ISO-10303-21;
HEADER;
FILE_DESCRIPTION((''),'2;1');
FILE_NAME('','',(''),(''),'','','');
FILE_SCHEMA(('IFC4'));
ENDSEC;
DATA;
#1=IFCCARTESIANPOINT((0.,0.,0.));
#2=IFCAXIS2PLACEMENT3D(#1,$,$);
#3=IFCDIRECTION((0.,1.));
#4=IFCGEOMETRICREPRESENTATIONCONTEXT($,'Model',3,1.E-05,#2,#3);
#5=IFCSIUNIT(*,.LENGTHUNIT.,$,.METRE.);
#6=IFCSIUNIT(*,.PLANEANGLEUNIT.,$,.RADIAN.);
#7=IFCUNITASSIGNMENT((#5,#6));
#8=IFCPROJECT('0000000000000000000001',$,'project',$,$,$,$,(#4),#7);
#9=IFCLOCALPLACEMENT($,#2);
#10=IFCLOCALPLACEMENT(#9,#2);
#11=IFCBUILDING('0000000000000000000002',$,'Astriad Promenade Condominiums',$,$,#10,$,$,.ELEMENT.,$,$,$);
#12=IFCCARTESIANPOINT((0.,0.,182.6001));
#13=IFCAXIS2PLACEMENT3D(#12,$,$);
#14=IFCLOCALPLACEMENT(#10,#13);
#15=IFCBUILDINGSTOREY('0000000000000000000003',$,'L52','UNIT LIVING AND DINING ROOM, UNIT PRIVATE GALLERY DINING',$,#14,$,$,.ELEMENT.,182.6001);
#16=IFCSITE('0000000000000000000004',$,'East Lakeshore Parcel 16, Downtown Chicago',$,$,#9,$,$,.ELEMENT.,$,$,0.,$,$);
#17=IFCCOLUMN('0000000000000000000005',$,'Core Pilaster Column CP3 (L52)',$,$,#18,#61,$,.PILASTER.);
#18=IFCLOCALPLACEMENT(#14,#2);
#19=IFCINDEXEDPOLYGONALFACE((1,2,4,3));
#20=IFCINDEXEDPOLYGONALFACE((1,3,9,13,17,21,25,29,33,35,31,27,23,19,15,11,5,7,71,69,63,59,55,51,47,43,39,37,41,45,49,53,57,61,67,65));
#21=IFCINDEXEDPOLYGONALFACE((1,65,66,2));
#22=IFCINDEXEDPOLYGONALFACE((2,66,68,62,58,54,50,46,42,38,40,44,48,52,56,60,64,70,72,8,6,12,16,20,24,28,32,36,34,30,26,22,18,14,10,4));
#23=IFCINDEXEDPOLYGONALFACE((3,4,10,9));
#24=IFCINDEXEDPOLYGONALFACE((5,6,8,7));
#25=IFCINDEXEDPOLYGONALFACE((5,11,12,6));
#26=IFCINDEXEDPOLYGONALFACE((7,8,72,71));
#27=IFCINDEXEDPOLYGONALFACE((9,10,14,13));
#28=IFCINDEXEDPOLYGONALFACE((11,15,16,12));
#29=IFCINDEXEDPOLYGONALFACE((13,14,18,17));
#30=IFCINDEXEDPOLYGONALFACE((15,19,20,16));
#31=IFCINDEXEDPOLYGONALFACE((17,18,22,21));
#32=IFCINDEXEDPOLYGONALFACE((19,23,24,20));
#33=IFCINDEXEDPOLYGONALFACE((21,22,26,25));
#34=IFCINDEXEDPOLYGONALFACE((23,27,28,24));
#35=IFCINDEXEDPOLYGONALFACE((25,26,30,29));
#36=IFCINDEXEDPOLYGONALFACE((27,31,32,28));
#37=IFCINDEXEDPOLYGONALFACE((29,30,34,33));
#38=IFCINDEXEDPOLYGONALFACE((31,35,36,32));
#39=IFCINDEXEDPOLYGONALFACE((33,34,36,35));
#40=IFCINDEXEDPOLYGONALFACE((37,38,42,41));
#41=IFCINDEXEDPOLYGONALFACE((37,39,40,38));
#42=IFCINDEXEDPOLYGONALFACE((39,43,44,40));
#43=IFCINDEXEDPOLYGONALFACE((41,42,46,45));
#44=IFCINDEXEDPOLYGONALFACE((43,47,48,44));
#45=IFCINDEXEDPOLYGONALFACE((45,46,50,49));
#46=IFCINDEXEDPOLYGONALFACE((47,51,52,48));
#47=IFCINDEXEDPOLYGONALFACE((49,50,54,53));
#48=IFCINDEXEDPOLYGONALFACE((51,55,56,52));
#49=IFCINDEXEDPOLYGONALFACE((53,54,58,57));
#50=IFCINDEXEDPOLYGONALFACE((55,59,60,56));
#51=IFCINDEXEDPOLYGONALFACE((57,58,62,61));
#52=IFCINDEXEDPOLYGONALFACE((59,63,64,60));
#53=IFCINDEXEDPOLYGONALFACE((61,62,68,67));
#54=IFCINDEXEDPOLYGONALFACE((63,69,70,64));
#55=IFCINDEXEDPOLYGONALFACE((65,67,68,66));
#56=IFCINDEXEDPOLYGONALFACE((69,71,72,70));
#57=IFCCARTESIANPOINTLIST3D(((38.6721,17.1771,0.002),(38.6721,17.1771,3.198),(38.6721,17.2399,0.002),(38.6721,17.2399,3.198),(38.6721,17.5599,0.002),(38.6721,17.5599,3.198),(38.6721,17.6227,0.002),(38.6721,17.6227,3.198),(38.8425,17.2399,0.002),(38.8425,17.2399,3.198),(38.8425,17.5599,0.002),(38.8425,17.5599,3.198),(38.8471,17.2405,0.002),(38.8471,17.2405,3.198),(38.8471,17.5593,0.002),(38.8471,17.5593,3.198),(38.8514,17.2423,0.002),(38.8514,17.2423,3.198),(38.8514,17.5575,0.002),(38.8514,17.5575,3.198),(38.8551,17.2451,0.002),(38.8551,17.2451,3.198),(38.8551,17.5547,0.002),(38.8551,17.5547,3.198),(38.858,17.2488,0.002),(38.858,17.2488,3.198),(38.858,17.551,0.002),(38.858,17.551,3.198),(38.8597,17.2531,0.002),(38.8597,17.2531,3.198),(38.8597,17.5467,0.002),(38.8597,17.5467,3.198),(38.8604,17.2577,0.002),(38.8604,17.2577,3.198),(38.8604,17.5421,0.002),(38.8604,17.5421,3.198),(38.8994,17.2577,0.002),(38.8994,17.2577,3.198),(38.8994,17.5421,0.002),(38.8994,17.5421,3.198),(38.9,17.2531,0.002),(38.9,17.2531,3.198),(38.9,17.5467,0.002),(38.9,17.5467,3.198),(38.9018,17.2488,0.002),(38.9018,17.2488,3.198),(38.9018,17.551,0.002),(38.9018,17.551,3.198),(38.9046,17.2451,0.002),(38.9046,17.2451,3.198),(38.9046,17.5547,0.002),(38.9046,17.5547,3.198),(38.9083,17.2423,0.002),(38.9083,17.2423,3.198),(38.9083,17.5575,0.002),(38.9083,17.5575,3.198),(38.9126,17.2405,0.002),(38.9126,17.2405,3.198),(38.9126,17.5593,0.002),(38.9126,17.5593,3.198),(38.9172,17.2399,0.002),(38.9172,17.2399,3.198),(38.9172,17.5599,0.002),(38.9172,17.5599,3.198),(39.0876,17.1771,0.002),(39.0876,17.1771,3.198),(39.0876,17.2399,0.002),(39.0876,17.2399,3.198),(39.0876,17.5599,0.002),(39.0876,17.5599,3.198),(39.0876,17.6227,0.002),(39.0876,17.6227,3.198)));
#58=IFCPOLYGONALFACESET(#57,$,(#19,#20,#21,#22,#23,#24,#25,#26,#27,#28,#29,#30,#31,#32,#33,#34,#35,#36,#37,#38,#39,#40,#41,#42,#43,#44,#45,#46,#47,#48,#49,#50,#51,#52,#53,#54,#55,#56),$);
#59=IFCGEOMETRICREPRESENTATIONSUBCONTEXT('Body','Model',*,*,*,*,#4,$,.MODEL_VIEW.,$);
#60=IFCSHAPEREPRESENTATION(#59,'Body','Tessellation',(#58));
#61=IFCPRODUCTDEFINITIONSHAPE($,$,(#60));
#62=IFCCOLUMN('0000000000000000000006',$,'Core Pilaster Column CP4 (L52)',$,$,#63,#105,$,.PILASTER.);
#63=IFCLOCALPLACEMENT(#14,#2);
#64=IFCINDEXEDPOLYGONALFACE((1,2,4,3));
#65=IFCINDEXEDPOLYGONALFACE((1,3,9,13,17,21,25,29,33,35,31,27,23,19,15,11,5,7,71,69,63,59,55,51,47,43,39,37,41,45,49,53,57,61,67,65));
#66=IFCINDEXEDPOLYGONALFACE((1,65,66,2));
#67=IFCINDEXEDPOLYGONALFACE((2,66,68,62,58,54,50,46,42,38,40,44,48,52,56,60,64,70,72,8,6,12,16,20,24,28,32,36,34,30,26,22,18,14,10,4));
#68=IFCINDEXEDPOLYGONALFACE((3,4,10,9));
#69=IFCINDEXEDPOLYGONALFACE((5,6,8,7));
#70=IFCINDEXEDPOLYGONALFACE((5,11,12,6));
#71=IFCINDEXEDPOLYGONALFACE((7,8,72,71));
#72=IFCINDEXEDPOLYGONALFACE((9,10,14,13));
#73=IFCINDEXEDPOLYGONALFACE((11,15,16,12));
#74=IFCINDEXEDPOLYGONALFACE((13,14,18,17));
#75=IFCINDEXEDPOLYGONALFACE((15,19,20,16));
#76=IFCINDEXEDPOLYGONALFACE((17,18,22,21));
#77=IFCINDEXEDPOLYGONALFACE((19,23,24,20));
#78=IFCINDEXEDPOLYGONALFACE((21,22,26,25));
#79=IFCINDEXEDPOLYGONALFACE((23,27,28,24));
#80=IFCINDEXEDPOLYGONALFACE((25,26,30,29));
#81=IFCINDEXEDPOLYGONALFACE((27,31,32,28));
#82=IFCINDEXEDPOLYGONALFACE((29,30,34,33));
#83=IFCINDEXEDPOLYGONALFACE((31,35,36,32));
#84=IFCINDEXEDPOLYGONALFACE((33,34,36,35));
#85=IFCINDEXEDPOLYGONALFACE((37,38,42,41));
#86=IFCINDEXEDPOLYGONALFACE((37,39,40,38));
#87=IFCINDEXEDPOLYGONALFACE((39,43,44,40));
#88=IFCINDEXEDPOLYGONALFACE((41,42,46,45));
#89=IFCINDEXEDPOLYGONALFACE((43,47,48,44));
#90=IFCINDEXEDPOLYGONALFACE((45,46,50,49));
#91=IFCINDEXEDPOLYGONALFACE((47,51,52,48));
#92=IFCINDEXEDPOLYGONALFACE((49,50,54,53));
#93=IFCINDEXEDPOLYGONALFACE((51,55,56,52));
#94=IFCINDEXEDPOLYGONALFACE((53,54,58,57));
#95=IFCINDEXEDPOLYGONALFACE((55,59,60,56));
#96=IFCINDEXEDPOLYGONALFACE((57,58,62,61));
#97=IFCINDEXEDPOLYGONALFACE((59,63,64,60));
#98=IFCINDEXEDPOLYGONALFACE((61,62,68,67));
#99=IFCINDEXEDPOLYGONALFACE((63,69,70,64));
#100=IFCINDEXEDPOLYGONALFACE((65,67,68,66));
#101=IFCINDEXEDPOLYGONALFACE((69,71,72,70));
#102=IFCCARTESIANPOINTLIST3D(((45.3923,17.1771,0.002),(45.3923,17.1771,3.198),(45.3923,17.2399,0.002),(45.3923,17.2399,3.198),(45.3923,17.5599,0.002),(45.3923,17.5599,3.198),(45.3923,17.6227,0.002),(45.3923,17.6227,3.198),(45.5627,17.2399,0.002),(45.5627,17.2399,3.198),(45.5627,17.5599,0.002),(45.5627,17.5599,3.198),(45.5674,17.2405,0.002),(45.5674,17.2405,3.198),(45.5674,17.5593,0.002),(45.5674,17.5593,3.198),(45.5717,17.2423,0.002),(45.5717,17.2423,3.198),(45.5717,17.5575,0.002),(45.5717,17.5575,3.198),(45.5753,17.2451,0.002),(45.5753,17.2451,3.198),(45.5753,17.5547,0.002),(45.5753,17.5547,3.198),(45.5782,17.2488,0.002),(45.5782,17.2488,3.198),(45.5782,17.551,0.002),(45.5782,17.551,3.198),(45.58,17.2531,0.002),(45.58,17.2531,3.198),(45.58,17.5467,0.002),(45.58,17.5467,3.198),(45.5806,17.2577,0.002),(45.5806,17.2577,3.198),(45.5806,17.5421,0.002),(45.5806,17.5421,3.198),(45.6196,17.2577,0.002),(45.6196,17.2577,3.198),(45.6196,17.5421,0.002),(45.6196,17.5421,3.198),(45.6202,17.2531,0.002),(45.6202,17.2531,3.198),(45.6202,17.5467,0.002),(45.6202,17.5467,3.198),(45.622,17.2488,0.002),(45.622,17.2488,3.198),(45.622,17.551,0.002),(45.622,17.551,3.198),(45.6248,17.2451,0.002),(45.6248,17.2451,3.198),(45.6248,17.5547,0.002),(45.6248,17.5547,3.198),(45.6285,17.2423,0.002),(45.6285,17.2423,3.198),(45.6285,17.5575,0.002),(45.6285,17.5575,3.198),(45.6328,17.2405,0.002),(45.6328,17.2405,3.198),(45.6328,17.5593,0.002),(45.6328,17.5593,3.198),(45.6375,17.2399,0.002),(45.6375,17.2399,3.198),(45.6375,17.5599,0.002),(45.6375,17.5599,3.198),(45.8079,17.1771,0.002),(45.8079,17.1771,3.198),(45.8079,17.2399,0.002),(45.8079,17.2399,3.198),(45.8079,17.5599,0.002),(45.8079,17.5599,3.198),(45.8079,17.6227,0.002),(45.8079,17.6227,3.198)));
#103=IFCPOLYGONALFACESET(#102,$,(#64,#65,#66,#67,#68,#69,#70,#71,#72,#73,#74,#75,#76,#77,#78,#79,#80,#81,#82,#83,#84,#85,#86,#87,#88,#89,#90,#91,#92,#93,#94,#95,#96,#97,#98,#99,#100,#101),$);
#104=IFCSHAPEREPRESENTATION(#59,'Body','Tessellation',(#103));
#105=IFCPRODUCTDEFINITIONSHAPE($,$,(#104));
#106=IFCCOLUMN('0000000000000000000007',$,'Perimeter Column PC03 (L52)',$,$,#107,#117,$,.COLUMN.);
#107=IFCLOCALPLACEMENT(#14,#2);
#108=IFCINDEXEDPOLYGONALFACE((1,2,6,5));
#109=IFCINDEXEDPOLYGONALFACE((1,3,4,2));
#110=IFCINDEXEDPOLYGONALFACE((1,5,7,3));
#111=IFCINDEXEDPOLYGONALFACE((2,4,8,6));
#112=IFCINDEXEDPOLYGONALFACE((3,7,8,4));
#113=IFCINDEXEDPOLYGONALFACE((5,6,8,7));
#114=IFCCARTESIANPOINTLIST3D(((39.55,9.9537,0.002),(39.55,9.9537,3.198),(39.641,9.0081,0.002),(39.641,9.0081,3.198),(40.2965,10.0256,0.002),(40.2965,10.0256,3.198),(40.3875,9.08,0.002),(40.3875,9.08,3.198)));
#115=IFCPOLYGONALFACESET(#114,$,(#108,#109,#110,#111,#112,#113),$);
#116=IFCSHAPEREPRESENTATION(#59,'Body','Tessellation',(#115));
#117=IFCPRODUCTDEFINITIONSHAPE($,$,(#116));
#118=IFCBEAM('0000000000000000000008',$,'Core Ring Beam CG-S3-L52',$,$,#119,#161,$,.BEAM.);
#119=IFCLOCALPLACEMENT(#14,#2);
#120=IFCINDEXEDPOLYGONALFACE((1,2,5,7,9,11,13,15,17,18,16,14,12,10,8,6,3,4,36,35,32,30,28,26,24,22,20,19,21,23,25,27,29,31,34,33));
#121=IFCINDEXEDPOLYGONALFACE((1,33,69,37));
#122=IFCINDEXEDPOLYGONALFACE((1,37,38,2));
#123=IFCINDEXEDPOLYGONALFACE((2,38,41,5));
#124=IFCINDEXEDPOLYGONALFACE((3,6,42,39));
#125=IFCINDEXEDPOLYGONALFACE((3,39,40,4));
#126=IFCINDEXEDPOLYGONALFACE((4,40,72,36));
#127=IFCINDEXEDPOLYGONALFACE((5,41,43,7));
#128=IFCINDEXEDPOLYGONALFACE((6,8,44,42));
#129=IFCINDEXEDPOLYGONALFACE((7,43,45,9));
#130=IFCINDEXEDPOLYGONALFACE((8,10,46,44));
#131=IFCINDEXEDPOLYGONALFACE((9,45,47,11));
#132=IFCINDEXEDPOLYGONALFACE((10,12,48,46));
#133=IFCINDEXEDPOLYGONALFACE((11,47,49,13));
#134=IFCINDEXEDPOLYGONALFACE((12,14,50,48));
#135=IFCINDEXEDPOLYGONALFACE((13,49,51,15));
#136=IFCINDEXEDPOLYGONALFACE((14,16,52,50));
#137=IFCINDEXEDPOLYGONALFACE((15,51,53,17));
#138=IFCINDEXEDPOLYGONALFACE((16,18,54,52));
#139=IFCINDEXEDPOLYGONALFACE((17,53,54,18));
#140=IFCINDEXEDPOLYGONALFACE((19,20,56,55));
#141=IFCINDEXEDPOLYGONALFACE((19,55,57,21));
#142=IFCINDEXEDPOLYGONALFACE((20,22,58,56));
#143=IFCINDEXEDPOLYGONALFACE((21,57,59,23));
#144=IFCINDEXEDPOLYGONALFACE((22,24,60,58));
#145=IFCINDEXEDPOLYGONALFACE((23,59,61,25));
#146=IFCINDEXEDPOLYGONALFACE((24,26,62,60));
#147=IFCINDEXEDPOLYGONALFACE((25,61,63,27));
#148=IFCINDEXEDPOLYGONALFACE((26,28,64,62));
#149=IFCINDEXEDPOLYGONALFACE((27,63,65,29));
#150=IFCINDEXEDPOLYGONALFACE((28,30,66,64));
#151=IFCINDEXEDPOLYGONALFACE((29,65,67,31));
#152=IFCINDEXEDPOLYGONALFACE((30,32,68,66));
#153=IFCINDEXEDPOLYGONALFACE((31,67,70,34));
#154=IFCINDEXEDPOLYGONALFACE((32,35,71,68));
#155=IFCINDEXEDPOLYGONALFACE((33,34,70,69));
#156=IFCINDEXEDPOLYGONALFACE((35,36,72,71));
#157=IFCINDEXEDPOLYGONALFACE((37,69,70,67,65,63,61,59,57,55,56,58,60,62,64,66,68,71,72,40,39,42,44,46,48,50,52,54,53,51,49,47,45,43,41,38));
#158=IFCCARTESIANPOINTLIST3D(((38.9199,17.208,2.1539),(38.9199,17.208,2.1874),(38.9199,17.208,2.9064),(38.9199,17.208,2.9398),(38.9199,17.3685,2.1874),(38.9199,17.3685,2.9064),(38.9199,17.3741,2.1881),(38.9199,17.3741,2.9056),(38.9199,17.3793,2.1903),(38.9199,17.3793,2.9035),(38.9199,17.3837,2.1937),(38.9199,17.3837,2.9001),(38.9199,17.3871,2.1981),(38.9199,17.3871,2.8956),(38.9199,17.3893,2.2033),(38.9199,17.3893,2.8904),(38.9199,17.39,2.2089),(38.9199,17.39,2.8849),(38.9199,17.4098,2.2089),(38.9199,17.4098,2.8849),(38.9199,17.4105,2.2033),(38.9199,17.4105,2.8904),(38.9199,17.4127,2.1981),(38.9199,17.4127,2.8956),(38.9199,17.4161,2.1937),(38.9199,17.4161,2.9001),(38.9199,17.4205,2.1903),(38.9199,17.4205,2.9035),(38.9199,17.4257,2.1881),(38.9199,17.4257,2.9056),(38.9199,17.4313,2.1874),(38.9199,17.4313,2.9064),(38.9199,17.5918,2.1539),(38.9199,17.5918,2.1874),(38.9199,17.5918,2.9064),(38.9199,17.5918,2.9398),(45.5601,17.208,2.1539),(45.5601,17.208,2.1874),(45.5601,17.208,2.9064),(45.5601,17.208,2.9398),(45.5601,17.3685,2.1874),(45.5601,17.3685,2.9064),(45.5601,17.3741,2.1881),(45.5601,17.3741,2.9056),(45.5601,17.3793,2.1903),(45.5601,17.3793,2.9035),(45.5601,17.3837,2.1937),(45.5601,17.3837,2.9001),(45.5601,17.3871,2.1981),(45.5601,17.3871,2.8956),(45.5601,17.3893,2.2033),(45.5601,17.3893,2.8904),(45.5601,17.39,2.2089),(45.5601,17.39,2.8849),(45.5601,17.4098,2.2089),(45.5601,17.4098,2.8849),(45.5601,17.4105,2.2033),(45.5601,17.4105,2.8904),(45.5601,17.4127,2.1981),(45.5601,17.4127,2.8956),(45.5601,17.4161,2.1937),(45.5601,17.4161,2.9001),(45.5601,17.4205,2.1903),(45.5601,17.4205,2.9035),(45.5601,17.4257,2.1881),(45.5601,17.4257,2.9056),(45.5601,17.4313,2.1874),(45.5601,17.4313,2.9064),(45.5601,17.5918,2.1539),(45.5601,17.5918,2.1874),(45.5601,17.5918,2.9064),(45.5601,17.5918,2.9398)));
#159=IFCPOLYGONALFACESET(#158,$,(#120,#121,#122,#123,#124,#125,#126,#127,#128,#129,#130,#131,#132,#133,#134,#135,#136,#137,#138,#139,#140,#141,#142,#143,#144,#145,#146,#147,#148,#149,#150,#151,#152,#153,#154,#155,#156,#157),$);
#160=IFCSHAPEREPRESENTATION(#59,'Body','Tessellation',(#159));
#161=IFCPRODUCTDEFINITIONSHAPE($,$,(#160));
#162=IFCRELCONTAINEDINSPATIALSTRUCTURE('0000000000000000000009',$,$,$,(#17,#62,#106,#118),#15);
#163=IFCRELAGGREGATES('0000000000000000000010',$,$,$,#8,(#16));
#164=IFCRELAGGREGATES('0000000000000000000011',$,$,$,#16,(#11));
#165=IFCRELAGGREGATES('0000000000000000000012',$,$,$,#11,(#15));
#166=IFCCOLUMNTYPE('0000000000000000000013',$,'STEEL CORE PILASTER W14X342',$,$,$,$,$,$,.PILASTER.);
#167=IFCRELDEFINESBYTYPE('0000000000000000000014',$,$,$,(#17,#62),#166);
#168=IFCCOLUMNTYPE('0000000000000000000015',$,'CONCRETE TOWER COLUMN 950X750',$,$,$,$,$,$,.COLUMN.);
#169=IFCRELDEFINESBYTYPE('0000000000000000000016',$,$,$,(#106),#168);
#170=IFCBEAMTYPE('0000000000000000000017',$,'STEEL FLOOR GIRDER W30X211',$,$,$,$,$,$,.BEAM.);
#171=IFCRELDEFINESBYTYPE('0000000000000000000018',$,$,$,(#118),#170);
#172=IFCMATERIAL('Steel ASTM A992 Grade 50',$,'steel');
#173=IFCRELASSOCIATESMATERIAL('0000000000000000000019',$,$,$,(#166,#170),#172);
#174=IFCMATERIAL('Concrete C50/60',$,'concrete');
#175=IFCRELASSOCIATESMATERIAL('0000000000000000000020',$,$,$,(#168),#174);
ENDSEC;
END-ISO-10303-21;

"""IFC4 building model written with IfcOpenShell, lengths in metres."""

from ifc_helpers import new_model, si_unit, direction, frame, origin, origin_2d, place, context, subcontext, project, spatial, rectangle, i_section, extrude, source, transform, mapped, material, material_profile, profile_set, type_object, type_shapes, element, save


model = new_model("IFC4")

# Units and contexts
model_context = context("Model", 3, precision=1e-05, world=origin(), true_north=direction((0.0, 1.0)))
body_context = subcontext(model_context, "Body", "Model", "MODEL_VIEW")
ifc_project = project(units=[si_unit("LENGTHUNIT", "METRE"), si_unit("PLANEANGLEUNIT", "RADIAN")], contexts=[model_context])

# Site, building, storey
site_placement = place(None, origin())
site = spatial("IfcSite", under=ifc_project, at=site_placement, Name="East Lakeshore Parcel 16, Downtown Chicago", CompositionType="ELEMENT", RefElevation=0.0)
building_placement = place(site_placement, origin())
building = spatial("IfcBuilding", under=site, at=building_placement, Name="Astriad Promenade Condominiums", CompositionType="ELEMENT")
storey_placement = place(building_placement, frame((0.0, 0.0, 182.6001)))
storey = spatial("IfcBuildingStorey", under=building, at=storey_placement, Name="L52", Description="UNIT LIVING AND DINING ROOM, UNIT PRIVATE GALLERY DINING", CompositionType="ELEMENT", Elevation=182.6001)

# Columns
ifc_material_1 = material(Name="Steel ASTM A992 Grade 50", Category="steel")
ifc_material_profile_1 = material_profile(ifc_material_1, i_section(OverallWidth=0.4155, OverallDepth=0.4456, WebThickness=0.0391, FlangeThickness=0.0627, FilletRadius=0.0178, at=origin_2d()), Name="W14X342")
ifc_profile_set_1 = profile_set([ifc_material_profile_1], Name="Steel ASTM A992 Grade 50")
column_type_1 = type_object("IfcColumnType", Name="STEEL CORE PILASTER W14X342", PredefinedType="PILASTER", material=ifc_profile_set_1)
shared_shape_1 = source(origin(), body_context, "Body", "SweptSolid", [
    extrude(i_section(OverallWidth=0.4155, OverallDepth=0.4456, WebThickness=0.0391, FlangeThickness=0.0627, FilletRadius=0.0178, at=origin_2d()), origin(), (0.0, 0.0, 1.0), 3.196),
])
type_shapes(column_type_1, [shared_shape_1])
for number, where, z_axis, x_axis, name in (
    (1, (38.8799, 17.3999, 0.002), (0.0, 0.0, 1.0), (1.0, 0.0, 0.0), "Core Pilaster Column CP3 (L52)"),
    (2, (45.6001, 17.3999, 0.002), (0.0, 0.0, 1.0), (1.0, 0.0, 0.0), "Core Pilaster Column CP4 (L52)"),
):
    element("IfcColumn", number, at=place(storey_placement, frame(where, z_axis=z_axis, x_axis=x_axis)), inside=storey, type_object=column_type_1, Name=name, PredefinedType="PILASTER", context=body_context, shape_type="MappedRepresentation", body=[
        mapped(shared_shape_1, transform((0.0, 0.0, 0.0), scale=1.0)),
    ])
ifc_material_2 = material(Name="Concrete C50/60", Category="concrete")
ifc_material_profile_2 = material_profile(ifc_material_2, rectangle(XDim=0.75, YDim=0.95, at=origin_2d()), Name="RC-COL-950X750")
ifc_profile_set_2 = profile_set([ifc_material_profile_2], Name="Concrete C50/60")
column_type_2 = type_object("IfcColumnType", Name="CONCRETE TOWER COLUMN 950X750", PredefinedType="COLUMN", material=ifc_profile_set_2)
shared_shape_2 = source(origin(), body_context, "Body", "SweptSolid", [
    extrude(rectangle(XDim=0.75, YDim=0.95, at=origin_2d()), origin(), (0.0, 0.0, 1.0), 3.196),
])
type_shapes(column_type_2, [shared_shape_2])
column_placement = place(storey_placement, frame((39.9688, 9.5168, 0.002), z_axis=(0.0, 0.0, 1.0), x_axis=(0.995396, 0.095846, 0.0)))
element("IfcColumn", 3, at=column_placement, inside=storey, type_object=column_type_2, Name="Perimeter Column PC03 (L52)", PredefinedType="COLUMN", context=body_context, shape_type="MappedRepresentation", body=[
    mapped(shared_shape_2, transform((0.0, 0.0, 0.0), scale=1.0)),
])

# Beam
ifc_material_profile_3 = material_profile(ifc_material_1, i_section(OverallWidth=0.3838, OverallDepth=0.7859, WebThickness=0.0198, FlangeThickness=0.0334, FilletRadius=0.0215, at=origin_2d()), Name="W30X211")
ifc_profile_set_3 = profile_set([ifc_material_profile_3], Name="Steel ASTM A992 Grade 50")
beam_type_1 = type_object("IfcBeamType", Name="STEEL FLOOR GIRDER W30X211", PredefinedType="BEAM", material=ifc_profile_set_3)
shared_shape_3 = source(origin(), body_context, "Body", "SweptSolid", [
    extrude(i_section(OverallWidth=0.3838, OverallDepth=0.7859, WebThickness=0.0198, FlangeThickness=0.0334, FilletRadius=0.0215, at=origin_2d()), origin(), (0.0, 0.0, 1.0), 6.6401),
])
type_shapes(beam_type_1, [shared_shape_3])
beam_1_placement = place(storey_placement, frame((38.9199, 17.3999, 2.5469), z_axis=(1.0, 0.0, 0.0), x_axis=(0.0, 1.0, 0.0)))
element("IfcBeam", 4, at=beam_1_placement, inside=storey, type_object=beam_type_1, Name="Core Ring Beam CG-S3-L52", PredefinedType="BEAM", context=body_context, shape_type="MappedRepresentation", body=[
    mapped(shared_shape_3, transform((0.0, 0.0, 0.0), scale=1.0)),
])

save(model, "model.ifc")
